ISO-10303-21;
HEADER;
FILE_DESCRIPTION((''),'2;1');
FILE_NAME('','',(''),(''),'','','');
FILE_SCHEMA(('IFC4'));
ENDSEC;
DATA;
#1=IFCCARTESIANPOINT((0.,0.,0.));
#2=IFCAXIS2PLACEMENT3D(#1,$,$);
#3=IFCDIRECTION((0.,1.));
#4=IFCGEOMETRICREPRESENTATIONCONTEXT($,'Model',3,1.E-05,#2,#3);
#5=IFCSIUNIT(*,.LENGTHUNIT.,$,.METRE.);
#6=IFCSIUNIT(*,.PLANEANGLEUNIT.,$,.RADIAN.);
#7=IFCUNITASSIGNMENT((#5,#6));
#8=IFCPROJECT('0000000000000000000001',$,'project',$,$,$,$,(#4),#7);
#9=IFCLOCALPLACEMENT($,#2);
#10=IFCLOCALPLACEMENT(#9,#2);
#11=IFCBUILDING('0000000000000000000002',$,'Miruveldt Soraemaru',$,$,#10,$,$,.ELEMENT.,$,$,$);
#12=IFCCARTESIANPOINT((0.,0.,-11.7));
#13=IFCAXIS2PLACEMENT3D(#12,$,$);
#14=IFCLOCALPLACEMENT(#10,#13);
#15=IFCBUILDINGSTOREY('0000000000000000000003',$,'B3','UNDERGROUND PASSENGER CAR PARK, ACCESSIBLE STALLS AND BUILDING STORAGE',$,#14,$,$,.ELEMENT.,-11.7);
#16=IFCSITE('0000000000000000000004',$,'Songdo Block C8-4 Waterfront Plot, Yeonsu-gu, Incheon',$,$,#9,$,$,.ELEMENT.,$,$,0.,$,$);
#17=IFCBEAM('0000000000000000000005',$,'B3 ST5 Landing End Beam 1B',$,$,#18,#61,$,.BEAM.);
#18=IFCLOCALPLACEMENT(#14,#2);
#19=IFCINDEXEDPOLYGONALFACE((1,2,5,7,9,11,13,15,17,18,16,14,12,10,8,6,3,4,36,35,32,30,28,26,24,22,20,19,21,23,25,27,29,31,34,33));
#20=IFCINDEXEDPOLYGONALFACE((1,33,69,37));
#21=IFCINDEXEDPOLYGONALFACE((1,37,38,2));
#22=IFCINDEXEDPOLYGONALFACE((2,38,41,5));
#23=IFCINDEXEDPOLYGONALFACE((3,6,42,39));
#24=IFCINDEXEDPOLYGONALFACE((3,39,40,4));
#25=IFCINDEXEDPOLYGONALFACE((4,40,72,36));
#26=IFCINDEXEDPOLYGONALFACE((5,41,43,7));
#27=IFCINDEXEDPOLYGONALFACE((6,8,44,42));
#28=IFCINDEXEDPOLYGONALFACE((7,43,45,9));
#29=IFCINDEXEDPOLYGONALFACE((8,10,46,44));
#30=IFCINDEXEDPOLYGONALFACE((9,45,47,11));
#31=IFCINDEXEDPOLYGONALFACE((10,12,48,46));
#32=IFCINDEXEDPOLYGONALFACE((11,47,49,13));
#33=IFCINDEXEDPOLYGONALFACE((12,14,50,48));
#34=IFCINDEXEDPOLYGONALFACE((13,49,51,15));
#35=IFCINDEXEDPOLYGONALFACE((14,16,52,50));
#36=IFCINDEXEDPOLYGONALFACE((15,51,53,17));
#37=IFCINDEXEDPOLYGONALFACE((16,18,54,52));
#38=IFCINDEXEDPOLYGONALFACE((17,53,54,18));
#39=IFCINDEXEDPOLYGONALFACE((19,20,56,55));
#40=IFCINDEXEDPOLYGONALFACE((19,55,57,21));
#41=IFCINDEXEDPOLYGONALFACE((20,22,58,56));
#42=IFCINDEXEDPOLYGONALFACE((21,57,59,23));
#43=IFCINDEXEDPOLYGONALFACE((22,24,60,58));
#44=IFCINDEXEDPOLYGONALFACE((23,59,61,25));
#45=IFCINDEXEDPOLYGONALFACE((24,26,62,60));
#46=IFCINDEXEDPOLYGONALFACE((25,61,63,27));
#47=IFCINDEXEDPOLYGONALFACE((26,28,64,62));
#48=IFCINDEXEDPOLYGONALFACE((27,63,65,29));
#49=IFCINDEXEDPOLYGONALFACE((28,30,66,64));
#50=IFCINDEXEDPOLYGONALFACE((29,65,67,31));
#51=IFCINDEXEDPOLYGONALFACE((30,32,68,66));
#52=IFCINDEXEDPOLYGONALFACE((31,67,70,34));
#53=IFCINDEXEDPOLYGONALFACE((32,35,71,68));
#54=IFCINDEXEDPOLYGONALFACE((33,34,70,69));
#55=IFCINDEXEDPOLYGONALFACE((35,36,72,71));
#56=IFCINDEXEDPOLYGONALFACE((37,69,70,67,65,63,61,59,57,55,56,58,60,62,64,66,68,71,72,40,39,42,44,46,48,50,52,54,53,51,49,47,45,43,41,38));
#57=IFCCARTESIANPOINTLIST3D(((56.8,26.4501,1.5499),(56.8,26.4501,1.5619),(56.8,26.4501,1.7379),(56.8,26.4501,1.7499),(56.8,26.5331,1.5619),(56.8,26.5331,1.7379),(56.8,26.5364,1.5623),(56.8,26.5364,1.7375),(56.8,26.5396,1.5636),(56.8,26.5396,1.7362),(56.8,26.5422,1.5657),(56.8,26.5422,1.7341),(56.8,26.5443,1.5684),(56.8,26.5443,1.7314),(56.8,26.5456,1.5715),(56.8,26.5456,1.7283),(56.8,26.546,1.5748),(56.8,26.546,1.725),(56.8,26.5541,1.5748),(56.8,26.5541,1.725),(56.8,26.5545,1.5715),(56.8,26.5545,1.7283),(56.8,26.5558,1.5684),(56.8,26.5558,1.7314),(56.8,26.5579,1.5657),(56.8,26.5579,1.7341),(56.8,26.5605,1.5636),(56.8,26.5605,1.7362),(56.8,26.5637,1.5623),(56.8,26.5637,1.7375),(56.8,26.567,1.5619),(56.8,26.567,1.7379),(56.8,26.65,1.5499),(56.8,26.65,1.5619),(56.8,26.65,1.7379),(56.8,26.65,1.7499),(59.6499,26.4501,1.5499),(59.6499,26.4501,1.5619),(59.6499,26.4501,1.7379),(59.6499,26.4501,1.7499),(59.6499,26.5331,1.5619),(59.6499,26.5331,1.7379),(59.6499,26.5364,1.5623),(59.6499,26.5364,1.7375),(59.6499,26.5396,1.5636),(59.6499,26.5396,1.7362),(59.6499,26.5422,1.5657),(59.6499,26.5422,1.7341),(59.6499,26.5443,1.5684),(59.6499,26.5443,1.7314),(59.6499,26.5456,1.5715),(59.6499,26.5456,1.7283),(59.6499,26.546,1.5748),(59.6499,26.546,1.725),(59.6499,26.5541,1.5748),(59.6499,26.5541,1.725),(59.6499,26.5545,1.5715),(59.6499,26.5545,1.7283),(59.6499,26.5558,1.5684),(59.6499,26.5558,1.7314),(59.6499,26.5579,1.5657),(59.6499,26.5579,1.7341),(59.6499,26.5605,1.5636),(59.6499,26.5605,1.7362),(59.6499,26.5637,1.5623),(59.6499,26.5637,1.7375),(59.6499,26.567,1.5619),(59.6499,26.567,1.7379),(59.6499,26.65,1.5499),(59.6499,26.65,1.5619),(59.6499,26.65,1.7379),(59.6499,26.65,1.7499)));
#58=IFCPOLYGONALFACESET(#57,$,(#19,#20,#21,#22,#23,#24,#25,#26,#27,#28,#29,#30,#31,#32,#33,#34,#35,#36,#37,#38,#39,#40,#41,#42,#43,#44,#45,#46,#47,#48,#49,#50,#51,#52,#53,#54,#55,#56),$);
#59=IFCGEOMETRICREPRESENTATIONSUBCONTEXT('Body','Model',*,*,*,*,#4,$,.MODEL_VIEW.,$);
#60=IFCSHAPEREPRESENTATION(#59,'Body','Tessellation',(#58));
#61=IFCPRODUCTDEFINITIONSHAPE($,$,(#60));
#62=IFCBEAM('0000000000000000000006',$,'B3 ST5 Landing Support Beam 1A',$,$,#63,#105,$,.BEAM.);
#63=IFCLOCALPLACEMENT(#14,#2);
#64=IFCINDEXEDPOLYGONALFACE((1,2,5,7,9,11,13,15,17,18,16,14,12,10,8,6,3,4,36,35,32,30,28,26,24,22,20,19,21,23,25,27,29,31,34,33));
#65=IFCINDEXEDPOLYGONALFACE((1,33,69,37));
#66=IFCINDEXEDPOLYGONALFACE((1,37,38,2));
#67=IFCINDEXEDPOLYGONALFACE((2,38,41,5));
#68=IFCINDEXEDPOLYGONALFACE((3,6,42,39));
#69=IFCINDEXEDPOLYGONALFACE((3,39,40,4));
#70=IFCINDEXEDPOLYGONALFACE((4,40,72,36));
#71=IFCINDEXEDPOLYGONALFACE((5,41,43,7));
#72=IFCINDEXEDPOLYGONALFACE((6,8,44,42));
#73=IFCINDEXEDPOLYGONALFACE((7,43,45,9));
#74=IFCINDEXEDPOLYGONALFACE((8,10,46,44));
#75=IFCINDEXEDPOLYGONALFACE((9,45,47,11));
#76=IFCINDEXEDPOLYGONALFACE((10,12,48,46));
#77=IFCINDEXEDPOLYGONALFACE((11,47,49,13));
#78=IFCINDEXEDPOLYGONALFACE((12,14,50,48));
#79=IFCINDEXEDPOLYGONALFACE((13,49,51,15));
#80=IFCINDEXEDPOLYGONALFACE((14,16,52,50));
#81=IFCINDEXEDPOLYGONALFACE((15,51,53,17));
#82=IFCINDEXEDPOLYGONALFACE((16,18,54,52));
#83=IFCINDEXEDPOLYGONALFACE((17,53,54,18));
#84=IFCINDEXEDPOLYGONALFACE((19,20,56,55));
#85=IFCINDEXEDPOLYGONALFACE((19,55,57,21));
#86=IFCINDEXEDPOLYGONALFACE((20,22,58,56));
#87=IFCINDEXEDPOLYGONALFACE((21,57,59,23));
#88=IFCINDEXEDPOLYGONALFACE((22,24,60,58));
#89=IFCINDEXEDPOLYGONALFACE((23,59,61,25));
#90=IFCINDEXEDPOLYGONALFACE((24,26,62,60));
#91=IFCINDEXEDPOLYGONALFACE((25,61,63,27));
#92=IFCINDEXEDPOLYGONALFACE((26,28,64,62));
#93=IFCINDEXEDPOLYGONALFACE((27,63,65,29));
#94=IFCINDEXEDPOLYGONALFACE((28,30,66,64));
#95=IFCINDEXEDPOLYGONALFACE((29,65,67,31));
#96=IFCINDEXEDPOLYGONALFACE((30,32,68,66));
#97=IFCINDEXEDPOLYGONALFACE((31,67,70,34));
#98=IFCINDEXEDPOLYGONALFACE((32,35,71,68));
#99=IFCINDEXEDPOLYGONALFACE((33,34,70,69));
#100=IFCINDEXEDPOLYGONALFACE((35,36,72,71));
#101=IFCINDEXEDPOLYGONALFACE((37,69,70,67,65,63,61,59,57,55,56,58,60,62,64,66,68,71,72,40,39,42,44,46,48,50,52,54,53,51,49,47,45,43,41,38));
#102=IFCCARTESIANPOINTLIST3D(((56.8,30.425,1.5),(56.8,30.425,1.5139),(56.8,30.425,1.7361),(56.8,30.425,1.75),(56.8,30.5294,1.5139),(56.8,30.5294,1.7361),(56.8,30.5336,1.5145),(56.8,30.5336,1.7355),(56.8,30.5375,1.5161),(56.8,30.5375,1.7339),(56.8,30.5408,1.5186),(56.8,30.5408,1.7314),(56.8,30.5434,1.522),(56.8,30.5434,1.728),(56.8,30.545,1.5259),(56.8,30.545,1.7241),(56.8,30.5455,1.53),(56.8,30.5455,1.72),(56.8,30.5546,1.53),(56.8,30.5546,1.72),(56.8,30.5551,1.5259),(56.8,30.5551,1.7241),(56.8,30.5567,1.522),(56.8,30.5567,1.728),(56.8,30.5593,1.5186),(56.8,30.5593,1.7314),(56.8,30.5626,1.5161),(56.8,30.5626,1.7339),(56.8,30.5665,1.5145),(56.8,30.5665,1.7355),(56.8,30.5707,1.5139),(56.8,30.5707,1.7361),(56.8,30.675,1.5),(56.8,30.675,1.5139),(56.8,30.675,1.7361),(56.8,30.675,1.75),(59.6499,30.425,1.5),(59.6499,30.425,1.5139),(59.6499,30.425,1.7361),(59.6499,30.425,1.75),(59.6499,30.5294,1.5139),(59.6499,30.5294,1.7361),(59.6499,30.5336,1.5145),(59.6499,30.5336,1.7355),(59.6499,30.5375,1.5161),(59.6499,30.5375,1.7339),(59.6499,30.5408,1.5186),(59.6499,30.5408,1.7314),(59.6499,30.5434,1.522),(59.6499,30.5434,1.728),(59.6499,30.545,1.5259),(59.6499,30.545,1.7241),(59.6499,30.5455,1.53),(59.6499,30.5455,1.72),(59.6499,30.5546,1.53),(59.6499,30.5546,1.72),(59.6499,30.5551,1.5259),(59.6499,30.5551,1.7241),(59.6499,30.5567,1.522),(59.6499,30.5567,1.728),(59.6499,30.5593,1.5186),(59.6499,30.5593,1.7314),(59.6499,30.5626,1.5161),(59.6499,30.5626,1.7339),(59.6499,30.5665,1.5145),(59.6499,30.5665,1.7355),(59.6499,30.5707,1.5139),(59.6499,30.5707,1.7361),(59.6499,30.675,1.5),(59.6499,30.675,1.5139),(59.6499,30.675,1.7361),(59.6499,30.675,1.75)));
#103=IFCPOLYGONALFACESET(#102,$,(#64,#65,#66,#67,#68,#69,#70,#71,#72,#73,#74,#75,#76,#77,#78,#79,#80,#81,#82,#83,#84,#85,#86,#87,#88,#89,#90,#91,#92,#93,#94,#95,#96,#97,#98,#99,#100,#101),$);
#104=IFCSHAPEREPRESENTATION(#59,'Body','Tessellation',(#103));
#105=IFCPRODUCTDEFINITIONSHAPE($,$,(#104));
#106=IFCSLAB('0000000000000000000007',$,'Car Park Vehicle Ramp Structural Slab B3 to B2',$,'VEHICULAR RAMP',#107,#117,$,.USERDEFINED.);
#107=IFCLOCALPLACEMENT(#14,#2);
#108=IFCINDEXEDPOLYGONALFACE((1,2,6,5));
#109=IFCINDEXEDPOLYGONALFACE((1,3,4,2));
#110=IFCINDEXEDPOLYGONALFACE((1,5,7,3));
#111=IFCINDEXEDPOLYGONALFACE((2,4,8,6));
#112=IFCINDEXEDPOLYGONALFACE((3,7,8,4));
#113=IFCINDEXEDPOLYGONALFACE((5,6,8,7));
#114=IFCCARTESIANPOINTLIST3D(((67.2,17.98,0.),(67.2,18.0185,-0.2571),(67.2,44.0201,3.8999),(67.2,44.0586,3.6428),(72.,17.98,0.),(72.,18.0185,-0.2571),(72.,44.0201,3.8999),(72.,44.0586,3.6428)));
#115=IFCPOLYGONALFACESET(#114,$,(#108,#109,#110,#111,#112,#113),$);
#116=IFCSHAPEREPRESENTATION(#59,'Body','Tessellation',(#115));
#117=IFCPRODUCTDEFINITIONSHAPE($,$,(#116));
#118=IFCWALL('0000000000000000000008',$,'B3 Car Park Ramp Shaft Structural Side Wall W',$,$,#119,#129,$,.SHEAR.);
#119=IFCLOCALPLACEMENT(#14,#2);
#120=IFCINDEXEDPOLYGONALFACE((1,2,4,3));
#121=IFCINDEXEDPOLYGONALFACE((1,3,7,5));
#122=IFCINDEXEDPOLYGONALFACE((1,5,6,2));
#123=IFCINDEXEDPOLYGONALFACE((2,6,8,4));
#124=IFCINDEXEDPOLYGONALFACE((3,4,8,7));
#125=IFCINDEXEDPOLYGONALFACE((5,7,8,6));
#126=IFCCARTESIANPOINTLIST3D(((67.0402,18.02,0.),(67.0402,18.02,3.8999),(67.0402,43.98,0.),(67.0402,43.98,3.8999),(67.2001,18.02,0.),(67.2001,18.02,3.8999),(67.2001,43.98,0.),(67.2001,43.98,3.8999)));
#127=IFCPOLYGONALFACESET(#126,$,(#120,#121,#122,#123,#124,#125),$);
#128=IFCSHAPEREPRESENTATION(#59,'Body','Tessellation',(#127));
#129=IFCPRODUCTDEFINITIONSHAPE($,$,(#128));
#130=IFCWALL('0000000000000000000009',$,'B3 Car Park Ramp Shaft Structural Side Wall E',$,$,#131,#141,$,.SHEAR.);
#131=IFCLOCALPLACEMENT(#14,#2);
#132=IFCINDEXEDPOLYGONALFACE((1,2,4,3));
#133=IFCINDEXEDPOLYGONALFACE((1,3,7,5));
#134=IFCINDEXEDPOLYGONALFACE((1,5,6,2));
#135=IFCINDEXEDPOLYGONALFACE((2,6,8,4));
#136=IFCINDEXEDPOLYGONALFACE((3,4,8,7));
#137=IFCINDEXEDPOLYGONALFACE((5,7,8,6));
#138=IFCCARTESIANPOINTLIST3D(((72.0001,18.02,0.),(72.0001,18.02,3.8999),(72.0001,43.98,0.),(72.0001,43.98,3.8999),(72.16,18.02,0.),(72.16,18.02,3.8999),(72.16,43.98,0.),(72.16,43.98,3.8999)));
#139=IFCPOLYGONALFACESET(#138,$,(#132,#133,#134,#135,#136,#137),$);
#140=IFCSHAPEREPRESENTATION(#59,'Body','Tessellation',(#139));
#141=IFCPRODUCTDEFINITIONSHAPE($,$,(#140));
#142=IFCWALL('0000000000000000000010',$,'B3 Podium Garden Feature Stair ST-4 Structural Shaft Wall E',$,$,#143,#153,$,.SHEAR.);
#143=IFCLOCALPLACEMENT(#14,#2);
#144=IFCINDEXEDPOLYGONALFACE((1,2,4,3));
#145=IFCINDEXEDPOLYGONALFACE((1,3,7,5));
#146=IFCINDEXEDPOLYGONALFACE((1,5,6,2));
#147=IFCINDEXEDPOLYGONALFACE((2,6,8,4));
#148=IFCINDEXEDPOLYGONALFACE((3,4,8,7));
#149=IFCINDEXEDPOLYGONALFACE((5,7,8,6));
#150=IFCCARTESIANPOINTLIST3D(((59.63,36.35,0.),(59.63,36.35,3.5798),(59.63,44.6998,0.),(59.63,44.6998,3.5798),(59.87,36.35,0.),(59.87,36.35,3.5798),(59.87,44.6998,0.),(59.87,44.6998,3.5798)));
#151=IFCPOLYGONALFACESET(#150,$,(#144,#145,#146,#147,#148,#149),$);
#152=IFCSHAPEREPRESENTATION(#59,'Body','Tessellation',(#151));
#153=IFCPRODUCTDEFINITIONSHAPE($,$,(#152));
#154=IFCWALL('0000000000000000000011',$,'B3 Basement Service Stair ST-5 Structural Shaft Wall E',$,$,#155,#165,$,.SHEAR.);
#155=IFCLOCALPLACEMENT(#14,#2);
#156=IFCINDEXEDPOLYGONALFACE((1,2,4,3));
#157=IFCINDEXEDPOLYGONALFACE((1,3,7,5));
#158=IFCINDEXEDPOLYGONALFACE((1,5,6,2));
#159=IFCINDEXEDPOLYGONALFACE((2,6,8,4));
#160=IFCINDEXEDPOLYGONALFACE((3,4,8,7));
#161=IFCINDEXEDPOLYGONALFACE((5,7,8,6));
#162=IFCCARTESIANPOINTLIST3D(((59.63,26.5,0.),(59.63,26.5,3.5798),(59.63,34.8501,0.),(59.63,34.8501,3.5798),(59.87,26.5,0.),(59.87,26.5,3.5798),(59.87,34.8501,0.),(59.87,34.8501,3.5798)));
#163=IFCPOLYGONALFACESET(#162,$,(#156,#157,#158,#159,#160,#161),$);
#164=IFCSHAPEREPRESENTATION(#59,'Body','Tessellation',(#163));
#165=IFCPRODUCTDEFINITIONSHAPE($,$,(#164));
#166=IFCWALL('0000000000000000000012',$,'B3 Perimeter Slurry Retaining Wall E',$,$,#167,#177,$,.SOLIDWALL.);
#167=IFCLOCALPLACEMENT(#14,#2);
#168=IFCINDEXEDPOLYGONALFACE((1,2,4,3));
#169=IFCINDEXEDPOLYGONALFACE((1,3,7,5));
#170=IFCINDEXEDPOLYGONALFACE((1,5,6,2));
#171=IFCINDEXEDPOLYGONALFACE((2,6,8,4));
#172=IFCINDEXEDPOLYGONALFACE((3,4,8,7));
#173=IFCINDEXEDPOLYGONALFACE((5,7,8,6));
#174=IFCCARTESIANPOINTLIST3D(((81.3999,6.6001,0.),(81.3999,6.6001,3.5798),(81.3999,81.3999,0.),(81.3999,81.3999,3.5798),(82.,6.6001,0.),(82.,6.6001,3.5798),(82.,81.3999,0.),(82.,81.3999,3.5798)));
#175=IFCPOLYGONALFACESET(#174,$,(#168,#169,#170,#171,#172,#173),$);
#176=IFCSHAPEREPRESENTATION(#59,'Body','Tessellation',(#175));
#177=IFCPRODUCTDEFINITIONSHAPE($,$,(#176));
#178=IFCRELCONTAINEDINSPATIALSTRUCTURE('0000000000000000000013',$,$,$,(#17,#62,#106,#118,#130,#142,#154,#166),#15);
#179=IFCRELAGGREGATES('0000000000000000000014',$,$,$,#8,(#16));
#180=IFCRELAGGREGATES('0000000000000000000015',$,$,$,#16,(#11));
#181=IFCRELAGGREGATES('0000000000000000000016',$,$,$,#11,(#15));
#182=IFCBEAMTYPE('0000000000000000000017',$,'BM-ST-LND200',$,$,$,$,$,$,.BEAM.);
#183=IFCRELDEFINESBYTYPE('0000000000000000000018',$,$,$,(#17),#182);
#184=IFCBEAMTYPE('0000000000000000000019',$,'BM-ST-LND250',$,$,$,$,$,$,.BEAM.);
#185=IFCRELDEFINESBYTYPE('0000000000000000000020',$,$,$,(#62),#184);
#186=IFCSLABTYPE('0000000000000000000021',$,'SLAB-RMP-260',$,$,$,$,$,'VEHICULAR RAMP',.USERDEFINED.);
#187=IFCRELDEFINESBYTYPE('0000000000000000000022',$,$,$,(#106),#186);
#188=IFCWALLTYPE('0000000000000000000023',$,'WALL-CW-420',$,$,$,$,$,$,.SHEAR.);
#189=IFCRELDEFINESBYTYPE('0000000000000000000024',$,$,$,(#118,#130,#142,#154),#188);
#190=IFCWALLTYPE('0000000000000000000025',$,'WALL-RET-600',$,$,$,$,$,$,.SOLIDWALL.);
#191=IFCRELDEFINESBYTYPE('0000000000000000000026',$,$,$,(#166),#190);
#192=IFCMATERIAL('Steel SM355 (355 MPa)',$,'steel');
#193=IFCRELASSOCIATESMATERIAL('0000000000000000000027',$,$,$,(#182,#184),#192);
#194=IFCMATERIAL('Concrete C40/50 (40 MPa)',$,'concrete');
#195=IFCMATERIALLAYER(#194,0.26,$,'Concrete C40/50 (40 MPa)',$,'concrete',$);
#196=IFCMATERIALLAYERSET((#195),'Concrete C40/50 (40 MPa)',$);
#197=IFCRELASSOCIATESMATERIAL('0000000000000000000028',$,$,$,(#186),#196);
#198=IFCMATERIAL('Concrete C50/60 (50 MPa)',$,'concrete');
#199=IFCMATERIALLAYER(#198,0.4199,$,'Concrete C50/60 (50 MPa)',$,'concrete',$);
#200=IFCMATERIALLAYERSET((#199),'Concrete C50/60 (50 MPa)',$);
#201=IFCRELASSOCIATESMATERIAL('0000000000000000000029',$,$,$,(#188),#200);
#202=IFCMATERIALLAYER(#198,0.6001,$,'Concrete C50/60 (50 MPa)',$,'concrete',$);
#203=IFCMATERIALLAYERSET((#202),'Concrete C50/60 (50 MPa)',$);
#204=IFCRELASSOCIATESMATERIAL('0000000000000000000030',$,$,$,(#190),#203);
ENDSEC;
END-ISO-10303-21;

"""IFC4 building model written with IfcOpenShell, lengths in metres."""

from ifc_helpers import new_model, si_unit, direction, frame, frame_2d, origin, origin_2d, place, context, subcontext, project, spatial, polyline, rectangle, i_section, outline, extrude, material, layer, layer_set, material_profile, profile_set, type_object, element, save


model = new_model("IFC4")

# Units and contexts
model_context = context("Model", 3, precision=1e-05, world=origin(), true_north=direction((0.0, 1.0)))
body_context = subcontext(model_context, "Body", "Model", "MODEL_VIEW")
ifc_project = project(units=[si_unit("LENGTHUNIT", "METRE"), si_unit("PLANEANGLEUNIT", "RADIAN")], contexts=[model_context])

# Site, building, storey
site_placement = place(None, origin())
site = spatial("IfcSite", under=ifc_project, at=site_placement, Name="Songdo Block C8-4 Waterfront Plot, Yeonsu-gu, Incheon", CompositionType="ELEMENT", RefElevation=0.0)
building_placement = place(site_placement, origin())
building = spatial("IfcBuilding", under=site, at=building_placement, Name="Miruveldt Soraemaru", CompositionType="ELEMENT")
storey_placement = place(building_placement, frame((0.0, 0.0, -11.7)))
storey = spatial("IfcBuildingStorey", under=building, at=storey_placement, Name="B3", Description="UNDERGROUND PASSENGER CAR PARK, ACCESSIBLE STALLS AND BUILDING STORAGE", CompositionType="ELEMENT", Elevation=-11.7)

# Shared definitions
ifc_material_1 = material(Name="Concrete C50/60 (50 MPa)", Category="concrete")

# Beams
ifc_material_2 = material(Name="Steel SM355 (355 MPa)", Category="steel")
ifc_material_profile_1 = material_profile(ifc_material_2, i_section(OverallWidth=0.2, OverallDepth=0.2, WebThickness=0.0081, FlangeThickness=0.012, FilletRadius=0.0129, at=origin_2d()), Name="Steel SM355 (355 MPa)", Category="steel")
ifc_profile_set_1 = profile_set([ifc_material_profile_1], Name="Steel SM355 (355 MPa)")
beam_type_1 = type_object("IfcBeamType", Name="BM-ST-LND200", PredefinedType="BEAM", material=ifc_profile_set_1)
for number, where, z_axis, x_axis, name in (
    (1, (56.8, 26.55, 1.6499), (1.0, 0.0, 0.0), (0.0, 1.0, 0.0), "B3 ST5 Landing End Beam 1B"),
):
    element("IfcBeam", number, at=place(storey_placement, frame(where, z_axis=z_axis, x_axis=x_axis)), inside=storey, type_object=beam_type_1, Name=name, PredefinedType="BEAM", context=body_context, shape_type="SweptSolid", body=[
        extrude(i_section(OverallWidth=0.2, OverallDepth=0.2, WebThickness=0.0081, FlangeThickness=0.012, FilletRadius=0.0129, at=origin_2d()), origin(), (0.0, 0.0, 1.0), 2.8499),
    ])
ifc_material_profile_2 = material_profile(ifc_material_2, i_section(OverallWidth=0.25, OverallDepth=0.25, WebThickness=0.009, FlangeThickness=0.0139, FilletRadius=0.0161, at=origin_2d()), Name="Steel SM355 (355 MPa)", Category="steel")
ifc_profile_set_2 = profile_set([ifc_material_profile_2], Name="Steel SM355 (355 MPa)")
beam_type_2 = type_object("IfcBeamType", Name="BM-ST-LND250", PredefinedType="BEAM", material=ifc_profile_set_2)
beam_1_placement = place(storey_placement, frame((56.8, 30.55, 1.625), z_axis=(1.0, 0.0, 0.0), x_axis=(0.0, 1.0, 0.0)))
element("IfcBeam", 2, at=beam_1_placement, inside=storey, type_object=beam_type_2, Name="B3 ST5 Landing Support Beam 1A", PredefinedType="BEAM", context=body_context, shape_type="SweptSolid", body=[
    extrude(i_section(OverallWidth=0.25, OverallDepth=0.25, WebThickness=0.009, FlangeThickness=0.0139, FilletRadius=0.0161, at=origin_2d()), origin(), (0.0, 0.0, 1.0), 2.8499),
])

# Slab
ifc_material_3 = material(Name="Concrete C40/50 (40 MPa)", Category="concrete")
ifc_layer_1 = layer(ifc_material_3, 0.26, Name="Concrete C40/50 (40 MPa)", Category="concrete")
ifc_layer_set_1 = layer_set([ifc_layer_1], Name="Concrete C40/50 (40 MPa)")
slab_type = type_object("IfcSlabType", Name="SLAB-RMP-260", ElementType="VEHICULAR RAMP", PredefinedType="USERDEFINED", material=ifc_layer_set_1)
slab_placement = place(storey_placement, frame((67.2, 17.98, 0.0), z_axis=(0.0, -0.148114, 0.98897), x_axis=(1.0, 0.0, 0.0)))
element("IfcSlab", 3, at=slab_placement, inside=storey, type_object=slab_type, Name="Car Park Vehicle Ramp Structural Slab B3 to B2", ObjectType="VEHICULAR RAMP", PredefinedType="USERDEFINED", context=body_context, shape_type="SweptSolid", body=[
    extrude(outline(polyline([(0.0, 0.0), (4.8, 0.0), (4.8, 26.3306), (0.0, 26.3306), (0.0, 0.0)])), origin(), (0.0, 0.0, -1.0), 0.26),
])

# Walls
ifc_layer_2 = layer(ifc_material_1, 0.4199, Name="Concrete C50/60 (50 MPa)", Category="concrete")
ifc_layer_set_2 = layer_set([ifc_layer_2], Name="Concrete C50/60 (50 MPa)")
wall_type_1 = type_object("IfcWallType", Name="WALL-CW-420", PredefinedType="SHEAR", material=ifc_layer_set_2)
for number, where, z_axis, x_axis, name in (
    (4, (67.1201, 18.02, 0.0), (0.0, 0.0, 1.0), (0.0, 1.0, 0.0), "B3 Car Park Ramp Shaft Structural Side Wall W"),
    (5, (72.0801, 18.02, 0.0), (0.0, 0.0, 1.0), (0.0, 1.0, 0.0), "B3 Car Park Ramp Shaft Structural Side Wall E"),
):
    element("IfcWall", number, at=place(storey_placement, frame(where, z_axis=z_axis, x_axis=x_axis)), inside=storey, type_object=wall_type_1, Name=name, PredefinedType="SHEAR", context=body_context, shape_type="SweptSolid", body=[
        extrude(rectangle(XDim=25.96, YDim=0.1599, at=frame_2d((12.98, 0.0))), origin(), (0.0, 0.0, 1.0), 3.8999),
    ])
wall_1_placement = place(storey_placement, frame((59.75, 36.3501, 0.0), z_axis=(0.0, 0.0, 1.0), x_axis=(0.0, 1.0, 0.0)))
element("IfcWall", 6, at=wall_1_placement, inside=storey, type_object=wall_type_1, Name="B3 Podium Garden Feature Stair ST-4 Structural Shaft Wall E", PredefinedType="SHEAR", context=body_context, shape_type="SweptSolid", body=[
    extrude(rectangle(XDim=8.3499, YDim=0.24, at=frame_2d((4.1748, 0.0))), origin(), (0.0, 0.0, 1.0), 3.5798),
])
wall_2_placement = place(storey_placement, frame((59.75, 26.5, 0.0), z_axis=(0.0, 0.0, 1.0), x_axis=(0.0, 1.0, 0.0)))
element("IfcWall", 7, at=wall_2_placement, inside=storey, type_object=wall_type_1, Name="B3 Basement Service Stair ST-5 Structural Shaft Wall E", PredefinedType="SHEAR", context=body_context, shape_type="SweptSolid", body=[
    extrude(rectangle(XDim=8.3501, YDim=0.24, at=frame_2d((4.175, 0.0))), origin(), (0.0, 0.0, 1.0), 3.5798),
])
ifc_layer_3 = layer(ifc_material_1, 0.6001, Name="Concrete C50/60 (50 MPa)", Category="concrete")
ifc_layer_set_3 = layer_set([ifc_layer_3], Name="Concrete C50/60 (50 MPa)")
wall_type_2 = type_object("IfcWallType", Name="WALL-RET-600", PredefinedType="SOLIDWALL", material=ifc_layer_set_3)
wall_3_placement = place(storey_placement, frame((81.7, 6.6001, 0.0), z_axis=(0.0, 0.0, 1.0), x_axis=(0.0, 1.0, 0.0)))
element("IfcWall", 8, at=wall_3_placement, inside=storey, type_object=wall_type_2, Name="B3 Perimeter Slurry Retaining Wall E", PredefinedType="SOLIDWALL", context=body_context, shape_type="SweptSolid", body=[
    extrude(rectangle(XDim=74.7998, YDim=0.6001, at=frame_2d((37.3999, 0.0))), origin(), (0.0, 0.0, 1.0), 3.5798),
])

save(model, "model.ifc")
